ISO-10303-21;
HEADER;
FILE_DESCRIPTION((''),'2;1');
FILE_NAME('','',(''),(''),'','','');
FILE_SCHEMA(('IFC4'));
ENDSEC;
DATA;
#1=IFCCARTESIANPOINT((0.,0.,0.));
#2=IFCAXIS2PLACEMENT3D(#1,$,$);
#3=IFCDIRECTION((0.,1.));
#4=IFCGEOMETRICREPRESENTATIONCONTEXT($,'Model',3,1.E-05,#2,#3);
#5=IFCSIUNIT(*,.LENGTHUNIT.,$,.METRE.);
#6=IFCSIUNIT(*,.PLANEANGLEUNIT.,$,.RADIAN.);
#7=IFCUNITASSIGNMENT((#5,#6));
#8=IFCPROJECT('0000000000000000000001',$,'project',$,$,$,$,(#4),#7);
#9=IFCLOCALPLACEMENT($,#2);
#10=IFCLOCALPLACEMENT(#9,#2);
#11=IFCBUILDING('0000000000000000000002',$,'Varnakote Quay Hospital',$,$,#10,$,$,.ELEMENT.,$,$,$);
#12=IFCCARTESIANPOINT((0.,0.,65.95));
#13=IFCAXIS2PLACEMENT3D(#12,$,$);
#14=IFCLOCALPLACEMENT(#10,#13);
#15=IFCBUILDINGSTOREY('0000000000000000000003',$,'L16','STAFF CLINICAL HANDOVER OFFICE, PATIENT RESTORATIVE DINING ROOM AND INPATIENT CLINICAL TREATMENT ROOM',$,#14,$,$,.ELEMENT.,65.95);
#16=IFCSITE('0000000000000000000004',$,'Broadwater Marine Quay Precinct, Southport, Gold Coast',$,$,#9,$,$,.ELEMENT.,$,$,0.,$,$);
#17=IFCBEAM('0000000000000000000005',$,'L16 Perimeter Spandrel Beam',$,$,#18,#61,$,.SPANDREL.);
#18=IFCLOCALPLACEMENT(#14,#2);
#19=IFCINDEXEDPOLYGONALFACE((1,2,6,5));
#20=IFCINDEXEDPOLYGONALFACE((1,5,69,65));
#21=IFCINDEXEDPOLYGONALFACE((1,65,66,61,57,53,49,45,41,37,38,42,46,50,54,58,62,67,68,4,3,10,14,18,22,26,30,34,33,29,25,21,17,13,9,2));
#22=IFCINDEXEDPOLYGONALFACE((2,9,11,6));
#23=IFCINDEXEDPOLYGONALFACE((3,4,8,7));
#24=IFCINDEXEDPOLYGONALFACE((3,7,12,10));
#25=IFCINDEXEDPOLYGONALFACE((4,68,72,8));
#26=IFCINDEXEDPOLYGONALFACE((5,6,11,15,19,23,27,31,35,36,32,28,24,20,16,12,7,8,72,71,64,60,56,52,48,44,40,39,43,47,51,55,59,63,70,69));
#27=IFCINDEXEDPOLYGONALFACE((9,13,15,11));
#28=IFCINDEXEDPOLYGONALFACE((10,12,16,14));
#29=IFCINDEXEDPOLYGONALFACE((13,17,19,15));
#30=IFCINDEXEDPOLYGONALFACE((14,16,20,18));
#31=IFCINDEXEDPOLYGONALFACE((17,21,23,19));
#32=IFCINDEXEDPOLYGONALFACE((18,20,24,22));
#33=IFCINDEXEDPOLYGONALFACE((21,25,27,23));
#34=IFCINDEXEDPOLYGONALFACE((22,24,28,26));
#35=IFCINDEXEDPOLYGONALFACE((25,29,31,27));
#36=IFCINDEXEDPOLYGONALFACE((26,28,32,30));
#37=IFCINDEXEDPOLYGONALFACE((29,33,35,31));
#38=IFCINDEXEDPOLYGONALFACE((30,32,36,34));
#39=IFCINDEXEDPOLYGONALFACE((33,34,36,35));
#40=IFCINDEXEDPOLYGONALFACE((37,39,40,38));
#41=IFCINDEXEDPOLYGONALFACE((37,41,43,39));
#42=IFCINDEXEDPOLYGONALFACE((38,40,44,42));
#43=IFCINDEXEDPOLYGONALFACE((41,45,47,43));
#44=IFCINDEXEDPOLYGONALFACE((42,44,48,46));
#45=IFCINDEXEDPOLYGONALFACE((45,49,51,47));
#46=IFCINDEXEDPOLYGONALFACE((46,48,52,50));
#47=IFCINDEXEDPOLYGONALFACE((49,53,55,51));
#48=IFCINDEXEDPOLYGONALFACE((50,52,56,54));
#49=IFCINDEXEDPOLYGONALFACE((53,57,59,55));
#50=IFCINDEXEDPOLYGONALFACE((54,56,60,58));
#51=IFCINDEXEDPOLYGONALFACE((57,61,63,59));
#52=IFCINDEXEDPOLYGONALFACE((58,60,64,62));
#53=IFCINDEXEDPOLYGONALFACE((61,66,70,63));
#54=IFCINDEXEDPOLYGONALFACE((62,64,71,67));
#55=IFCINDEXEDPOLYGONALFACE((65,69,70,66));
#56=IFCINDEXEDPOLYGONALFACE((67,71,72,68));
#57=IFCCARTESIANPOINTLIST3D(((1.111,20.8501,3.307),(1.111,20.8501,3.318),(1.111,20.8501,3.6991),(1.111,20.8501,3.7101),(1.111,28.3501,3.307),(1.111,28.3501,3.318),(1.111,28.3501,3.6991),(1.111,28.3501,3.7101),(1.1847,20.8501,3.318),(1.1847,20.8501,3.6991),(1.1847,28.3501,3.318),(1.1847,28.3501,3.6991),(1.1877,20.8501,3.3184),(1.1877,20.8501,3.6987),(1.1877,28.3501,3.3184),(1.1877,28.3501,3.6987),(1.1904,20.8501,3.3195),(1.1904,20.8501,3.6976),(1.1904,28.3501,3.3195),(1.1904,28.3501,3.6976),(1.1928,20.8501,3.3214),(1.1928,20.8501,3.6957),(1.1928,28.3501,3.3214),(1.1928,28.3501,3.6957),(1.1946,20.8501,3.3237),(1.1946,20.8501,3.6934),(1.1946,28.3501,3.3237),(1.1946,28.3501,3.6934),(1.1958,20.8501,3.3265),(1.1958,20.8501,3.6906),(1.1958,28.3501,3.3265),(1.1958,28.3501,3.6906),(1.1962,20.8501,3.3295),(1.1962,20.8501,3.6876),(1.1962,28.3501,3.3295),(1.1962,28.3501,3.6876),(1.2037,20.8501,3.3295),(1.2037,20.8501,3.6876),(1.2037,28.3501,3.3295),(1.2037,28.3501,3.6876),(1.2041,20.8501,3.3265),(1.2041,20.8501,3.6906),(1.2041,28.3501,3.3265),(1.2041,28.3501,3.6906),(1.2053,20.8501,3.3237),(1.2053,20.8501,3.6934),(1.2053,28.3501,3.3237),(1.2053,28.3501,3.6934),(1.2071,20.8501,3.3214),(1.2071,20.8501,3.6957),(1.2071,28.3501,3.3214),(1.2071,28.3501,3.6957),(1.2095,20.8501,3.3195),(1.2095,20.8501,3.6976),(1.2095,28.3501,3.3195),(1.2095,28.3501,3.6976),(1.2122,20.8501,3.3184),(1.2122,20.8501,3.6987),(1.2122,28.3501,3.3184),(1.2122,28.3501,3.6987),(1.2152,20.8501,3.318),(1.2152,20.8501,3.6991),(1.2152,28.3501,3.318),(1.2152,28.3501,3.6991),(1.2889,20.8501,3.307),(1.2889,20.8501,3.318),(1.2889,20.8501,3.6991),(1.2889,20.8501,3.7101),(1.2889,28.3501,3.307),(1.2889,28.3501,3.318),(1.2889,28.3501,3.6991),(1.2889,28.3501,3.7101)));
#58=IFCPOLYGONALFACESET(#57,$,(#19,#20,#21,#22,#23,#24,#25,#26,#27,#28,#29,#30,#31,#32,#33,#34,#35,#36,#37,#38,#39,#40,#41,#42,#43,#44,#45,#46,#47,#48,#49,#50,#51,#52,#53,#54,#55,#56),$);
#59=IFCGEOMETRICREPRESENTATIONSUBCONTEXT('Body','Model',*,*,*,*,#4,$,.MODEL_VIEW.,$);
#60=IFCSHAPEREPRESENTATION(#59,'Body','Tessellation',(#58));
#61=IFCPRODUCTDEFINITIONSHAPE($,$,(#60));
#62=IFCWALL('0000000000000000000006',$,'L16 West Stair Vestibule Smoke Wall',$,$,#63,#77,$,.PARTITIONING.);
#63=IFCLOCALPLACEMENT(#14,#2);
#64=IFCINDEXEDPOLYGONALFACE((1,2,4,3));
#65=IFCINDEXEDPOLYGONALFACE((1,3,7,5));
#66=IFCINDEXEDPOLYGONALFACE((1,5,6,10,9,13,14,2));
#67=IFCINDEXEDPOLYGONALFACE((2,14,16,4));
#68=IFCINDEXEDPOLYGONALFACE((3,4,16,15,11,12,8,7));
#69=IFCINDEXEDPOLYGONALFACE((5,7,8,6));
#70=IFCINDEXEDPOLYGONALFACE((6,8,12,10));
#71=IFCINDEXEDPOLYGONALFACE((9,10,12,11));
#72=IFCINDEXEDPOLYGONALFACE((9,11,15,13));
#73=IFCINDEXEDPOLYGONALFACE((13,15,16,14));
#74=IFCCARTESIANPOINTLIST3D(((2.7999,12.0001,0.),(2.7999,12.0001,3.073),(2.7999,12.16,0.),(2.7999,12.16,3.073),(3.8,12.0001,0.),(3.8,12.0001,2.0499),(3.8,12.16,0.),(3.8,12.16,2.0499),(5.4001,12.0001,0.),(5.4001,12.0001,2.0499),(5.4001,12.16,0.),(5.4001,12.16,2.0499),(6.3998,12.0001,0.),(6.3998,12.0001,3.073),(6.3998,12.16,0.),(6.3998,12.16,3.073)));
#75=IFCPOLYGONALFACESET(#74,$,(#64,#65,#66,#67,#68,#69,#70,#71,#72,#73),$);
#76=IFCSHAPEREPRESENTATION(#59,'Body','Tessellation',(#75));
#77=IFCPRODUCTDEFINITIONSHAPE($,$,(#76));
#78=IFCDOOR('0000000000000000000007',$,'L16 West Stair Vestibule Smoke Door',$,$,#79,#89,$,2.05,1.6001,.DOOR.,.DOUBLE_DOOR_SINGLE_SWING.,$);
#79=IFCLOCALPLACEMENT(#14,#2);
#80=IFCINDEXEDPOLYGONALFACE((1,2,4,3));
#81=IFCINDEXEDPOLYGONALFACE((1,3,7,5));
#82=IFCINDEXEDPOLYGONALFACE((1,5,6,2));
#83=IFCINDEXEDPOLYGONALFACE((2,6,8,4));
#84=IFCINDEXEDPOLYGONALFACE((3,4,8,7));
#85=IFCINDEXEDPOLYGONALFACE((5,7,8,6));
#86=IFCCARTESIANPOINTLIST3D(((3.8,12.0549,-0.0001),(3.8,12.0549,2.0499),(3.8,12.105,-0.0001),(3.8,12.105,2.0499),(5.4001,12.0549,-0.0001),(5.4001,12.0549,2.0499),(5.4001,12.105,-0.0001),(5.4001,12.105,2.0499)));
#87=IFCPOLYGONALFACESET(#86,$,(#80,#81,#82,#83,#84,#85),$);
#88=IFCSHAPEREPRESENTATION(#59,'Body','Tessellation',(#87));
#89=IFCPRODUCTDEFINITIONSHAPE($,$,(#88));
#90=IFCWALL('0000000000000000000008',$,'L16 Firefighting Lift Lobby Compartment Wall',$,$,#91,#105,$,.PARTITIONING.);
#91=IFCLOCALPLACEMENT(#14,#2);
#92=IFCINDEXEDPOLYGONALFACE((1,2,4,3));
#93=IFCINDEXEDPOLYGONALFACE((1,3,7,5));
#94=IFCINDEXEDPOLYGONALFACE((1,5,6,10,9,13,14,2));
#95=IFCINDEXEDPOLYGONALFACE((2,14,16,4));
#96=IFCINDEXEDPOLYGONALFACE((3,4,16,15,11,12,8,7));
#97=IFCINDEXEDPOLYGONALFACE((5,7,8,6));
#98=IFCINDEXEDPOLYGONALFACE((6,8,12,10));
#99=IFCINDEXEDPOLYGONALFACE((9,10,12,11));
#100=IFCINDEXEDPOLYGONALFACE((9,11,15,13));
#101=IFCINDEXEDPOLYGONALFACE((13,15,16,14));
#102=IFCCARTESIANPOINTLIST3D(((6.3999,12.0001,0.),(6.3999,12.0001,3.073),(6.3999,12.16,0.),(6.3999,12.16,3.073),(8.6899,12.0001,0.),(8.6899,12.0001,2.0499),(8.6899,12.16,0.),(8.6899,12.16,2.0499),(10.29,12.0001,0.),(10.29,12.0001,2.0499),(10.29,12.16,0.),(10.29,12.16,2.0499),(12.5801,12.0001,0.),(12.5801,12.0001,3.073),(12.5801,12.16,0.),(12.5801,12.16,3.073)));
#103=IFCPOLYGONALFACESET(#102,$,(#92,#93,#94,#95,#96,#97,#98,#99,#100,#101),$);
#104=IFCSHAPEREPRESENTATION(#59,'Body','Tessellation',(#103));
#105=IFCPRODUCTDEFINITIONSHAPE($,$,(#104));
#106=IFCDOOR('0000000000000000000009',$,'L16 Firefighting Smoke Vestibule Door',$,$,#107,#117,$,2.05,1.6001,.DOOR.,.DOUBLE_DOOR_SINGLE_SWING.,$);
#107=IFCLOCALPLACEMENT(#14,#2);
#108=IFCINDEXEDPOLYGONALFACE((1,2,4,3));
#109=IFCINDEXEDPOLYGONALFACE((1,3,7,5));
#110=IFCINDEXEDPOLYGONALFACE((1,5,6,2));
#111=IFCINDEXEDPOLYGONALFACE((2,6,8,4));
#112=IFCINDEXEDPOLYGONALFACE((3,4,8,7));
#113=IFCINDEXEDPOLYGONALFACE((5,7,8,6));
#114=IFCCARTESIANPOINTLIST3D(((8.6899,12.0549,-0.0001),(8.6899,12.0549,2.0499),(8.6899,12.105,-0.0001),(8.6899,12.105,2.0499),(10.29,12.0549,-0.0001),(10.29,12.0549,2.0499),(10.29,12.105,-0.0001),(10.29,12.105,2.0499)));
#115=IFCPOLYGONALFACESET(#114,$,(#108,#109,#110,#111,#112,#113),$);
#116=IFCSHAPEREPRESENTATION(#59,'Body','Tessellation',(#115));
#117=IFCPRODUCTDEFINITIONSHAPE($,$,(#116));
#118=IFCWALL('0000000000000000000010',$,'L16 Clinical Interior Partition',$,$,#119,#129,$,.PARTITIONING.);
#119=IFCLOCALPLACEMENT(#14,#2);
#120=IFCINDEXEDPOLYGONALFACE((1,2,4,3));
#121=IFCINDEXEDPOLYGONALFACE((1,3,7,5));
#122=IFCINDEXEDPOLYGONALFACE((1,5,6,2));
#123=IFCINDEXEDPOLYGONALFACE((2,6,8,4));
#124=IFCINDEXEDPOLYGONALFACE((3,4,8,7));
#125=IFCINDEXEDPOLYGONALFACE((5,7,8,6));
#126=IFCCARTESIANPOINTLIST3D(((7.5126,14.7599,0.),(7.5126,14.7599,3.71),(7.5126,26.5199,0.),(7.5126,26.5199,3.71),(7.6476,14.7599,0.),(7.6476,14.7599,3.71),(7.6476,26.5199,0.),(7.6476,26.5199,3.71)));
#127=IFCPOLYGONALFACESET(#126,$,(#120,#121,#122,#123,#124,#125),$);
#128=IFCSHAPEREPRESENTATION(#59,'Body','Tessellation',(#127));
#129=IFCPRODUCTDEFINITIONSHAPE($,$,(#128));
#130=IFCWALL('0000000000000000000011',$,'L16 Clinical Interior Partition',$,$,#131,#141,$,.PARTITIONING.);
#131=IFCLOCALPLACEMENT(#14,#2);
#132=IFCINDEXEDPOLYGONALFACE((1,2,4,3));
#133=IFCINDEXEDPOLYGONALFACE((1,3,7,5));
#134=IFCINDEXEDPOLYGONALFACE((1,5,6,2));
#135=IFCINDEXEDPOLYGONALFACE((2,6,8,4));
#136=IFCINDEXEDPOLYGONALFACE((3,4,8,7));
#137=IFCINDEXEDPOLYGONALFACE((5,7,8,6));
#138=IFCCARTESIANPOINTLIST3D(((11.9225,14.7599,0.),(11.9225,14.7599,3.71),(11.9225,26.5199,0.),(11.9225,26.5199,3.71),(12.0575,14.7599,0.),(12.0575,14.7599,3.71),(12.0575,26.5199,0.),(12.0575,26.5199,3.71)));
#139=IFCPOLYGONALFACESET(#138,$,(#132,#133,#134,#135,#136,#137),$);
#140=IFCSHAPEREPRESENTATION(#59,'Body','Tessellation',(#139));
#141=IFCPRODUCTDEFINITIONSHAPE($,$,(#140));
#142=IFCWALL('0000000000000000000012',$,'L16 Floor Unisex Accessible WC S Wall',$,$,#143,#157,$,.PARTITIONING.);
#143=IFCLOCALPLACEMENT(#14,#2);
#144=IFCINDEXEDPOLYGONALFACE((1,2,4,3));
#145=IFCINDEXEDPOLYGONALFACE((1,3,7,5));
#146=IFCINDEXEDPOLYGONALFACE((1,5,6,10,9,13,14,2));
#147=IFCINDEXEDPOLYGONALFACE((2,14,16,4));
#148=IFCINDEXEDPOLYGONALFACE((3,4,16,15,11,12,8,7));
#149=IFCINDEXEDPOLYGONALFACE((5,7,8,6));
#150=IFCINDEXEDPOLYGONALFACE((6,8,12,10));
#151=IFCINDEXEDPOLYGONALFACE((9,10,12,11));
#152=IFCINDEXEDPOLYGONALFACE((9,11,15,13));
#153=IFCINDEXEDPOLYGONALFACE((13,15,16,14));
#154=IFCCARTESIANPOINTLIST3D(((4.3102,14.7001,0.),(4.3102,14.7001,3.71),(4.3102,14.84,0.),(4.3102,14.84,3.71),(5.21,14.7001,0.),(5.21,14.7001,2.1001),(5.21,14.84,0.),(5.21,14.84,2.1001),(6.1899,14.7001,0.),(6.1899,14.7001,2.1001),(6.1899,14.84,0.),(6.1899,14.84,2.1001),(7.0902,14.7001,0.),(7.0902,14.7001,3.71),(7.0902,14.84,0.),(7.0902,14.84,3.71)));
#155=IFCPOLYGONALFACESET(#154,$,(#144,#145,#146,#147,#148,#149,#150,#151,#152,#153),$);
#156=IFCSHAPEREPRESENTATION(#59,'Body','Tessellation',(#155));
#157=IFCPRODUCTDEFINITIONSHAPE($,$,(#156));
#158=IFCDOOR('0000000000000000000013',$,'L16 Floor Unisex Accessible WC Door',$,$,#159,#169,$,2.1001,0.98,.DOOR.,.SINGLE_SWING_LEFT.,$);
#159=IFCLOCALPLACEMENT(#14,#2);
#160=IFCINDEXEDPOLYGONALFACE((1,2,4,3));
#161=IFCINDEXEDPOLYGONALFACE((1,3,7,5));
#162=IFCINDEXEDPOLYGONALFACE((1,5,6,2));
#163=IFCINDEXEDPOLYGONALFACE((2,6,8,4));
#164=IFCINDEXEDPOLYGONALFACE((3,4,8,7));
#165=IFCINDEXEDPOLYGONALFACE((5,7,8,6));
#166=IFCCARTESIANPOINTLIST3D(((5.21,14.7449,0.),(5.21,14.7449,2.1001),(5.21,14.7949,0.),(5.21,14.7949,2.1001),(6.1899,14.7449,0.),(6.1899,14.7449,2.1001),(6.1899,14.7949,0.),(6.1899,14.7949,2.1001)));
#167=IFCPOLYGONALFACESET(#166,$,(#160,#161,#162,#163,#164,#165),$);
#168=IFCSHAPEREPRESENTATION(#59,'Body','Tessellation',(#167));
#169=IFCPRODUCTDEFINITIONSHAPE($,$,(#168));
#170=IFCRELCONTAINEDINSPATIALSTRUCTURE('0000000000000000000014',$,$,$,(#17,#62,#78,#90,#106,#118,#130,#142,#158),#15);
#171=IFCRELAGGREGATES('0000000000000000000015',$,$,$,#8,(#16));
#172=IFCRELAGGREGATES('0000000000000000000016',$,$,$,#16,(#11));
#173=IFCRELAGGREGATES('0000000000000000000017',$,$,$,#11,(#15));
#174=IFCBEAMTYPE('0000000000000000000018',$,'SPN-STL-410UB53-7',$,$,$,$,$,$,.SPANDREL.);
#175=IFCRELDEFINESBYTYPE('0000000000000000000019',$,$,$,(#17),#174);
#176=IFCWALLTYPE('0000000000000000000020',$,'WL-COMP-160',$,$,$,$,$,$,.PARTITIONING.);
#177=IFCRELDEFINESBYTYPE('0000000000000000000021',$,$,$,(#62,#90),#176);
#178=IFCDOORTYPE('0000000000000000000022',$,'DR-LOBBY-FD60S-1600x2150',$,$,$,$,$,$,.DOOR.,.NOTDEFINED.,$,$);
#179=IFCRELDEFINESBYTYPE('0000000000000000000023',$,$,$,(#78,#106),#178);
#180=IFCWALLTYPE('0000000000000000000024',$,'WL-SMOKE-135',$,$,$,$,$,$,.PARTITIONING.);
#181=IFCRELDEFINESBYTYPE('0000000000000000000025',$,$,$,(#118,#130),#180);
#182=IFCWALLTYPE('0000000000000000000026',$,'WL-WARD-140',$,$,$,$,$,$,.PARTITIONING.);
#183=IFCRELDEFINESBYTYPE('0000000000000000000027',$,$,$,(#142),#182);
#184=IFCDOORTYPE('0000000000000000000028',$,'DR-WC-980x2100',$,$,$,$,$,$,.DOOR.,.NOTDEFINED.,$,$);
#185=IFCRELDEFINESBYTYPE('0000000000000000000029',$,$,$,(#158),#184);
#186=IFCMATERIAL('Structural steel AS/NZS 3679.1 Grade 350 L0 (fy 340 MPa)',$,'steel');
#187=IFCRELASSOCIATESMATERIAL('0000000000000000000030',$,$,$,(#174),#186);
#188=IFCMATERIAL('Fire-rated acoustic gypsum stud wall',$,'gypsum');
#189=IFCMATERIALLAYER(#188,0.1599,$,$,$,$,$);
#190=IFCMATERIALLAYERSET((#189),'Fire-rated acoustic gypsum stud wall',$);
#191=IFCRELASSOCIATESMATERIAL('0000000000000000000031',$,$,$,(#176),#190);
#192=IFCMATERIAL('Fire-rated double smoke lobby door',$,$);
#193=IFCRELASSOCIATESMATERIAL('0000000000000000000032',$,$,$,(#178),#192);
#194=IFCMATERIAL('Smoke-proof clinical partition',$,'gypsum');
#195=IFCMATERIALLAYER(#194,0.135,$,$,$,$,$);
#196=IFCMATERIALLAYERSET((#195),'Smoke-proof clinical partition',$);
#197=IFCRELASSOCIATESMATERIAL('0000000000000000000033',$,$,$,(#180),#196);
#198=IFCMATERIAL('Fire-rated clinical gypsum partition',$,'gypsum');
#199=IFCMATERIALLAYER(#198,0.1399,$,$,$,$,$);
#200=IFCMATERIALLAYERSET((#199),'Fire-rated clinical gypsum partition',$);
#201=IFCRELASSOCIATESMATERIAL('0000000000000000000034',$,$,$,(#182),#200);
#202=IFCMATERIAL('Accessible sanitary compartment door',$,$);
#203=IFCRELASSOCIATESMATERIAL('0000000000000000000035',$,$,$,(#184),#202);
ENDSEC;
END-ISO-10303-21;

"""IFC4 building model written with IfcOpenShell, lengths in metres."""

from ifc_helpers import new_model, si_unit, direction, frame, frame_2d, origin, origin_2d, place, context, subcontext, project, spatial, rectangle, i_section, extrude, material, layer, layer_set, material_profile, profile_set, type_object, element, fill, save


model = new_model("IFC4")

# Units and contexts
model_context = context("Model", 3, precision=1e-05, world=origin(), true_north=direction((0.0, 1.0)))
body_context = subcontext(model_context, "Body", "Model", "MODEL_VIEW")
ifc_project = project(units=[si_unit("LENGTHUNIT", "METRE"), si_unit("PLANEANGLEUNIT", "RADIAN")], contexts=[model_context])

# Site, building, storey
site_placement = place(None, origin())
site = spatial("IfcSite", under=ifc_project, at=site_placement, Name="Broadwater Marine Quay Precinct, Southport, Gold Coast", CompositionType="ELEMENT", RefElevation=0.0)
building_placement = place(site_placement, origin())
building = spatial("IfcBuilding", under=site, at=building_placement, Name="Varnakote Quay Hospital", CompositionType="ELEMENT")
storey_placement = place(building_placement, frame((0.0, 0.0, 65.95)))
storey = spatial("IfcBuildingStorey", under=building, at=storey_placement, Name="L16", Description="STAFF CLINICAL HANDOVER OFFICE, PATIENT RESTORATIVE DINING ROOM AND INPATIENT CLINICAL TREATMENT ROOM", CompositionType="ELEMENT", Elevation=65.95)

# Beam
ifc_material_1 = material(Name="Structural steel AS/NZS 3679.1 Grade 350 L0 (fy 340 MPa)", Category="steel")
ifc_material_profile_1 = material_profile(ifc_material_1, i_section(OverallWidth=0.178, OverallDepth=0.4031, WebThickness=0.0076, FlangeThickness=0.011, FilletRadius=0.0115, at=origin_2d()), Name="410UB53.7")
ifc_profile_set_1 = profile_set([ifc_material_profile_1], Name="Structural steel AS/NZS 3679.1 Grade 350 L0 (fy 340 MPa)")
beam_type_1 = type_object("IfcBeamType", Name="SPN-STL-410UB53-7", PredefinedType="SPANDREL", material=ifc_profile_set_1)
beam_1_placement = place(storey_placement, frame((1.2, 20.8501, 3.5085), z_axis=(0.0, 1.0, 0.0), x_axis=(-1.0, 0.0, 0.0)))
element("IfcBeam", 1, at=beam_1_placement, inside=storey, type_object=beam_type_1, Name="L16 Perimeter Spandrel Beam", PredefinedType="SPANDREL", context=body_context, shape_type="SweptSolid", body=[
    extrude(i_section(OverallWidth=0.178, OverallDepth=0.4031, WebThickness=0.0076, FlangeThickness=0.011, FilletRadius=0.0115, at=origin_2d()), origin(), (0.0, 0.0, 1.0), 7.5),
])

# Walls, openings, doors
ifc_material_2 = material(Name="Fire-rated acoustic gypsum stud wall", Category="gypsum")
ifc_layer_1 = layer(ifc_material_2, 0.1599)
ifc_layer_set_1 = layer_set([ifc_layer_1], Name="Fire-rated acoustic gypsum stud wall")
wall_type_1 = type_object("IfcWallType", Name="WL-COMP-160", PredefinedType="PARTITIONING", material=ifc_layer_set_1)
wall_1_placement = place(storey_placement, frame((2.8, 12.0801, 0.0), z_axis=(0.0, 0.0, 1.0), x_axis=(1.0, 0.0, 0.0)))
wall_1 = element("IfcWall", 2, at=wall_1_placement, inside=storey, type_object=wall_type_1, Name="L16 West Stair Vestibule Smoke Wall", PredefinedType="PARTITIONING", context=body_context, shape_type="SweptSolid", body=[
    extrude(rectangle(XDim=3.5999, YDim=0.1599, at=frame_2d((1.7998, 0.0))), origin(), (0.0, 0.0, 1.0), 3.073),
])
opening_1_placement = place(wall_1_placement, frame((1.0, 0.0, 0.0)))
opening_1 = element("IfcOpeningElement", 3, at=opening_1_placement, cuts=wall_1, PredefinedType="OPENING", context=body_context, shape_type="SweptSolid", body=[
    extrude(rectangle(XDim=1.6001, YDim=2.05, at=frame_2d((0.8, 1.0249))), frame((0.0, 0.0898, 0.0), z_axis=(0.0, -1.0, 0.0), x_axis=(1.0, 0.0, 0.0)), (0.0, 0.0, 1.0), 0.1799),
])
ifc_material_3 = material(Name="Fire-rated double smoke lobby door")
door_type_1 = type_object("IfcDoorType", Name="DR-LOBBY-FD60S-1600x2150", OperationType="NOTDEFINED", PredefinedType="DOOR", material=ifc_material_3)
door_1_placement = place(opening_1_placement, origin())
door_1 = element("IfcDoor", 4, at=door_1_placement, inside=storey, type_object=door_type_1, Name="L16 West Stair Vestibule Smoke Door", OperationType="DOUBLE_DOOR_SINGLE_SWING", OverallHeight=2.05, OverallWidth=1.6001, PredefinedType="DOOR", context=body_context, shape_type="SweptSolid", body=[
    extrude(rectangle(XDim=1.6001, YDim=2.05, at=frame_2d((0.8, 1.0249))), frame((0.0, 0.0249, 0.0), z_axis=(0.0, -1.0, 0.0), x_axis=(1.0, 0.0, 0.0)), (0.0, 0.0, 1.0), 0.05),
])
fill(opening_1, door_1)
wall_2_placement = place(storey_placement, frame((6.3999, 12.0801, 0.0), z_axis=(0.0, 0.0, 1.0), x_axis=(1.0, 0.0, 0.0)))
wall_2 = element("IfcWall", 5, at=wall_2_placement, inside=storey, type_object=wall_type_1, Name="L16 Firefighting Lift Lobby Compartment Wall", PredefinedType="PARTITIONING", context=body_context, shape_type="SweptSolid", body=[
    extrude(rectangle(XDim=6.1802, YDim=0.1599, at=frame_2d((3.0901, 0.0))), origin(), (0.0, 0.0, 1.0), 3.073),
])
opening_2_placement = place(wall_2_placement, frame((2.29, 0.0, 0.0)))
opening_2 = element("IfcOpeningElement", 6, at=opening_2_placement, cuts=wall_2, PredefinedType="OPENING", context=body_context, shape_type="SweptSolid", body=[
    extrude(rectangle(XDim=1.6001, YDim=2.05, at=frame_2d((0.8, 1.0249))), frame((0.0, 0.0898, 0.0), z_axis=(0.0, -1.0, 0.0), x_axis=(1.0, 0.0, 0.0)), (0.0, 0.0, 1.0), 0.1799),
])
door_2_placement = place(opening_2_placement, origin())
door_2 = element("IfcDoor", 7, at=door_2_placement, inside=storey, type_object=door_type_1, Name="L16 Firefighting Smoke Vestibule Door", OperationType="DOUBLE_DOOR_SINGLE_SWING", OverallHeight=2.05, OverallWidth=1.6001, PredefinedType="DOOR", context=body_context, shape_type="SweptSolid", body=[
    extrude(rectangle(XDim=1.6001, YDim=2.05, at=frame_2d((0.8, 1.0249))), frame((0.0, 0.0249, 0.0), z_axis=(0.0, -1.0, 0.0), x_axis=(1.0, 0.0, 0.0)), (0.0, 0.0, 1.0), 0.05),
])
fill(opening_2, door_2)

# Walls
ifc_material_4 = material(Name="Smoke-proof clinical partition", Category="gypsum")
ifc_layer_2 = layer(ifc_material_4, 0.135)
ifc_layer_set_2 = layer_set([ifc_layer_2], Name="Smoke-proof clinical partition")
wall_type_2 = type_object("IfcWallType", Name="WL-SMOKE-135", PredefinedType="PARTITIONING", material=ifc_layer_set_2)
for number, where, z_axis, x_axis, name in (
    (8, (7.5801, 14.76, 0.0), (0.0, 0.0, 1.0), (0.0, 1.0, 0.0), "L16 Clinical Interior Partition"),
    (9, (11.99, 14.76, 0.0), (0.0, 0.0, 1.0), (0.0, 1.0, 0.0), "L16 Clinical Interior Partition"),
):
    element("IfcWall", number, at=place(storey_placement, frame(where, z_axis=z_axis, x_axis=x_axis)), inside=storey, type_object=wall_type_2, Name=name, PredefinedType="PARTITIONING", context=body_context, shape_type="SweptSolid", body=[
        extrude(rectangle(XDim=11.76, YDim=0.135, at=frame_2d((5.8799, 0.0))), origin(), (0.0, 0.0, 1.0), 3.71),
    ])

# Wall, opening, door
ifc_material_5 = material(Name="Fire-rated clinical gypsum partition", Category="gypsum")
ifc_layer_3 = layer(ifc_material_5, 0.1399)
ifc_layer_set_3 = layer_set([ifc_layer_3], Name="Fire-rated clinical gypsum partition")
wall_type_3 = type_object("IfcWallType", Name="WL-WARD-140", PredefinedType="PARTITIONING", material=ifc_layer_set_3)
wall_3_placement = place(storey_placement, frame((4.3101, 14.77, 0.0), z_axis=(0.0, 0.0, 1.0), x_axis=(1.0, 0.0, 0.0)))
wall_3 = element("IfcWall", 10, at=wall_3_placement, inside=storey, type_object=wall_type_3, Name="L16 Floor Unisex Accessible WC S Wall", PredefinedType="PARTITIONING", context=body_context, shape_type="SweptSolid", body=[
    extrude(rectangle(XDim=2.78, YDim=0.1399, at=frame_2d((1.3901, 0.0))), origin(), (0.0, 0.0, 1.0), 3.71),
])
opening_3_placement = place(wall_3_placement, frame((0.8999, 0.0, 0.0)))
opening_3 = element("IfcOpeningElement", 11, at=opening_3_placement, cuts=wall_3, PredefinedType="OPENING", context=body_context, shape_type="SweptSolid", body=[
    extrude(rectangle(XDim=0.98, YDim=2.1001, at=frame_2d((0.49, 1.05))), frame((0.0, 0.0798, 0.0), z_axis=(0.0, -1.0, 0.0), x_axis=(1.0, 0.0, 0.0)), (0.0, 0.0, 1.0), 0.1599),
])
ifc_material_6 = material(Name="Accessible sanitary compartment door")
door_type_2 = type_object("IfcDoorType", Name="DR-WC-980x2100", OperationType="NOTDEFINED", PredefinedType="DOOR", material=ifc_material_6)
door_3_placement = place(opening_3_placement, origin())
door_3 = element("IfcDoor", 12, at=door_3_placement, inside=storey, type_object=door_type_2, Name="L16 Floor Unisex Accessible WC Door", OperationType="SINGLE_SWING_LEFT", OverallHeight=2.1001, OverallWidth=0.98, PredefinedType="DOOR", context=body_context, shape_type="SweptSolid", body=[
    extrude(rectangle(XDim=0.98, YDim=2.1001, at=frame_2d((0.49, 1.05))), frame((0.0, 0.0249, 0.0), z_axis=(0.0, -1.0, 0.0), x_axis=(1.0, 0.0, 0.0)), (0.0, 0.0, 1.0), 0.05),
])
fill(opening_3, door_3)

save(model, "model.ifc")
